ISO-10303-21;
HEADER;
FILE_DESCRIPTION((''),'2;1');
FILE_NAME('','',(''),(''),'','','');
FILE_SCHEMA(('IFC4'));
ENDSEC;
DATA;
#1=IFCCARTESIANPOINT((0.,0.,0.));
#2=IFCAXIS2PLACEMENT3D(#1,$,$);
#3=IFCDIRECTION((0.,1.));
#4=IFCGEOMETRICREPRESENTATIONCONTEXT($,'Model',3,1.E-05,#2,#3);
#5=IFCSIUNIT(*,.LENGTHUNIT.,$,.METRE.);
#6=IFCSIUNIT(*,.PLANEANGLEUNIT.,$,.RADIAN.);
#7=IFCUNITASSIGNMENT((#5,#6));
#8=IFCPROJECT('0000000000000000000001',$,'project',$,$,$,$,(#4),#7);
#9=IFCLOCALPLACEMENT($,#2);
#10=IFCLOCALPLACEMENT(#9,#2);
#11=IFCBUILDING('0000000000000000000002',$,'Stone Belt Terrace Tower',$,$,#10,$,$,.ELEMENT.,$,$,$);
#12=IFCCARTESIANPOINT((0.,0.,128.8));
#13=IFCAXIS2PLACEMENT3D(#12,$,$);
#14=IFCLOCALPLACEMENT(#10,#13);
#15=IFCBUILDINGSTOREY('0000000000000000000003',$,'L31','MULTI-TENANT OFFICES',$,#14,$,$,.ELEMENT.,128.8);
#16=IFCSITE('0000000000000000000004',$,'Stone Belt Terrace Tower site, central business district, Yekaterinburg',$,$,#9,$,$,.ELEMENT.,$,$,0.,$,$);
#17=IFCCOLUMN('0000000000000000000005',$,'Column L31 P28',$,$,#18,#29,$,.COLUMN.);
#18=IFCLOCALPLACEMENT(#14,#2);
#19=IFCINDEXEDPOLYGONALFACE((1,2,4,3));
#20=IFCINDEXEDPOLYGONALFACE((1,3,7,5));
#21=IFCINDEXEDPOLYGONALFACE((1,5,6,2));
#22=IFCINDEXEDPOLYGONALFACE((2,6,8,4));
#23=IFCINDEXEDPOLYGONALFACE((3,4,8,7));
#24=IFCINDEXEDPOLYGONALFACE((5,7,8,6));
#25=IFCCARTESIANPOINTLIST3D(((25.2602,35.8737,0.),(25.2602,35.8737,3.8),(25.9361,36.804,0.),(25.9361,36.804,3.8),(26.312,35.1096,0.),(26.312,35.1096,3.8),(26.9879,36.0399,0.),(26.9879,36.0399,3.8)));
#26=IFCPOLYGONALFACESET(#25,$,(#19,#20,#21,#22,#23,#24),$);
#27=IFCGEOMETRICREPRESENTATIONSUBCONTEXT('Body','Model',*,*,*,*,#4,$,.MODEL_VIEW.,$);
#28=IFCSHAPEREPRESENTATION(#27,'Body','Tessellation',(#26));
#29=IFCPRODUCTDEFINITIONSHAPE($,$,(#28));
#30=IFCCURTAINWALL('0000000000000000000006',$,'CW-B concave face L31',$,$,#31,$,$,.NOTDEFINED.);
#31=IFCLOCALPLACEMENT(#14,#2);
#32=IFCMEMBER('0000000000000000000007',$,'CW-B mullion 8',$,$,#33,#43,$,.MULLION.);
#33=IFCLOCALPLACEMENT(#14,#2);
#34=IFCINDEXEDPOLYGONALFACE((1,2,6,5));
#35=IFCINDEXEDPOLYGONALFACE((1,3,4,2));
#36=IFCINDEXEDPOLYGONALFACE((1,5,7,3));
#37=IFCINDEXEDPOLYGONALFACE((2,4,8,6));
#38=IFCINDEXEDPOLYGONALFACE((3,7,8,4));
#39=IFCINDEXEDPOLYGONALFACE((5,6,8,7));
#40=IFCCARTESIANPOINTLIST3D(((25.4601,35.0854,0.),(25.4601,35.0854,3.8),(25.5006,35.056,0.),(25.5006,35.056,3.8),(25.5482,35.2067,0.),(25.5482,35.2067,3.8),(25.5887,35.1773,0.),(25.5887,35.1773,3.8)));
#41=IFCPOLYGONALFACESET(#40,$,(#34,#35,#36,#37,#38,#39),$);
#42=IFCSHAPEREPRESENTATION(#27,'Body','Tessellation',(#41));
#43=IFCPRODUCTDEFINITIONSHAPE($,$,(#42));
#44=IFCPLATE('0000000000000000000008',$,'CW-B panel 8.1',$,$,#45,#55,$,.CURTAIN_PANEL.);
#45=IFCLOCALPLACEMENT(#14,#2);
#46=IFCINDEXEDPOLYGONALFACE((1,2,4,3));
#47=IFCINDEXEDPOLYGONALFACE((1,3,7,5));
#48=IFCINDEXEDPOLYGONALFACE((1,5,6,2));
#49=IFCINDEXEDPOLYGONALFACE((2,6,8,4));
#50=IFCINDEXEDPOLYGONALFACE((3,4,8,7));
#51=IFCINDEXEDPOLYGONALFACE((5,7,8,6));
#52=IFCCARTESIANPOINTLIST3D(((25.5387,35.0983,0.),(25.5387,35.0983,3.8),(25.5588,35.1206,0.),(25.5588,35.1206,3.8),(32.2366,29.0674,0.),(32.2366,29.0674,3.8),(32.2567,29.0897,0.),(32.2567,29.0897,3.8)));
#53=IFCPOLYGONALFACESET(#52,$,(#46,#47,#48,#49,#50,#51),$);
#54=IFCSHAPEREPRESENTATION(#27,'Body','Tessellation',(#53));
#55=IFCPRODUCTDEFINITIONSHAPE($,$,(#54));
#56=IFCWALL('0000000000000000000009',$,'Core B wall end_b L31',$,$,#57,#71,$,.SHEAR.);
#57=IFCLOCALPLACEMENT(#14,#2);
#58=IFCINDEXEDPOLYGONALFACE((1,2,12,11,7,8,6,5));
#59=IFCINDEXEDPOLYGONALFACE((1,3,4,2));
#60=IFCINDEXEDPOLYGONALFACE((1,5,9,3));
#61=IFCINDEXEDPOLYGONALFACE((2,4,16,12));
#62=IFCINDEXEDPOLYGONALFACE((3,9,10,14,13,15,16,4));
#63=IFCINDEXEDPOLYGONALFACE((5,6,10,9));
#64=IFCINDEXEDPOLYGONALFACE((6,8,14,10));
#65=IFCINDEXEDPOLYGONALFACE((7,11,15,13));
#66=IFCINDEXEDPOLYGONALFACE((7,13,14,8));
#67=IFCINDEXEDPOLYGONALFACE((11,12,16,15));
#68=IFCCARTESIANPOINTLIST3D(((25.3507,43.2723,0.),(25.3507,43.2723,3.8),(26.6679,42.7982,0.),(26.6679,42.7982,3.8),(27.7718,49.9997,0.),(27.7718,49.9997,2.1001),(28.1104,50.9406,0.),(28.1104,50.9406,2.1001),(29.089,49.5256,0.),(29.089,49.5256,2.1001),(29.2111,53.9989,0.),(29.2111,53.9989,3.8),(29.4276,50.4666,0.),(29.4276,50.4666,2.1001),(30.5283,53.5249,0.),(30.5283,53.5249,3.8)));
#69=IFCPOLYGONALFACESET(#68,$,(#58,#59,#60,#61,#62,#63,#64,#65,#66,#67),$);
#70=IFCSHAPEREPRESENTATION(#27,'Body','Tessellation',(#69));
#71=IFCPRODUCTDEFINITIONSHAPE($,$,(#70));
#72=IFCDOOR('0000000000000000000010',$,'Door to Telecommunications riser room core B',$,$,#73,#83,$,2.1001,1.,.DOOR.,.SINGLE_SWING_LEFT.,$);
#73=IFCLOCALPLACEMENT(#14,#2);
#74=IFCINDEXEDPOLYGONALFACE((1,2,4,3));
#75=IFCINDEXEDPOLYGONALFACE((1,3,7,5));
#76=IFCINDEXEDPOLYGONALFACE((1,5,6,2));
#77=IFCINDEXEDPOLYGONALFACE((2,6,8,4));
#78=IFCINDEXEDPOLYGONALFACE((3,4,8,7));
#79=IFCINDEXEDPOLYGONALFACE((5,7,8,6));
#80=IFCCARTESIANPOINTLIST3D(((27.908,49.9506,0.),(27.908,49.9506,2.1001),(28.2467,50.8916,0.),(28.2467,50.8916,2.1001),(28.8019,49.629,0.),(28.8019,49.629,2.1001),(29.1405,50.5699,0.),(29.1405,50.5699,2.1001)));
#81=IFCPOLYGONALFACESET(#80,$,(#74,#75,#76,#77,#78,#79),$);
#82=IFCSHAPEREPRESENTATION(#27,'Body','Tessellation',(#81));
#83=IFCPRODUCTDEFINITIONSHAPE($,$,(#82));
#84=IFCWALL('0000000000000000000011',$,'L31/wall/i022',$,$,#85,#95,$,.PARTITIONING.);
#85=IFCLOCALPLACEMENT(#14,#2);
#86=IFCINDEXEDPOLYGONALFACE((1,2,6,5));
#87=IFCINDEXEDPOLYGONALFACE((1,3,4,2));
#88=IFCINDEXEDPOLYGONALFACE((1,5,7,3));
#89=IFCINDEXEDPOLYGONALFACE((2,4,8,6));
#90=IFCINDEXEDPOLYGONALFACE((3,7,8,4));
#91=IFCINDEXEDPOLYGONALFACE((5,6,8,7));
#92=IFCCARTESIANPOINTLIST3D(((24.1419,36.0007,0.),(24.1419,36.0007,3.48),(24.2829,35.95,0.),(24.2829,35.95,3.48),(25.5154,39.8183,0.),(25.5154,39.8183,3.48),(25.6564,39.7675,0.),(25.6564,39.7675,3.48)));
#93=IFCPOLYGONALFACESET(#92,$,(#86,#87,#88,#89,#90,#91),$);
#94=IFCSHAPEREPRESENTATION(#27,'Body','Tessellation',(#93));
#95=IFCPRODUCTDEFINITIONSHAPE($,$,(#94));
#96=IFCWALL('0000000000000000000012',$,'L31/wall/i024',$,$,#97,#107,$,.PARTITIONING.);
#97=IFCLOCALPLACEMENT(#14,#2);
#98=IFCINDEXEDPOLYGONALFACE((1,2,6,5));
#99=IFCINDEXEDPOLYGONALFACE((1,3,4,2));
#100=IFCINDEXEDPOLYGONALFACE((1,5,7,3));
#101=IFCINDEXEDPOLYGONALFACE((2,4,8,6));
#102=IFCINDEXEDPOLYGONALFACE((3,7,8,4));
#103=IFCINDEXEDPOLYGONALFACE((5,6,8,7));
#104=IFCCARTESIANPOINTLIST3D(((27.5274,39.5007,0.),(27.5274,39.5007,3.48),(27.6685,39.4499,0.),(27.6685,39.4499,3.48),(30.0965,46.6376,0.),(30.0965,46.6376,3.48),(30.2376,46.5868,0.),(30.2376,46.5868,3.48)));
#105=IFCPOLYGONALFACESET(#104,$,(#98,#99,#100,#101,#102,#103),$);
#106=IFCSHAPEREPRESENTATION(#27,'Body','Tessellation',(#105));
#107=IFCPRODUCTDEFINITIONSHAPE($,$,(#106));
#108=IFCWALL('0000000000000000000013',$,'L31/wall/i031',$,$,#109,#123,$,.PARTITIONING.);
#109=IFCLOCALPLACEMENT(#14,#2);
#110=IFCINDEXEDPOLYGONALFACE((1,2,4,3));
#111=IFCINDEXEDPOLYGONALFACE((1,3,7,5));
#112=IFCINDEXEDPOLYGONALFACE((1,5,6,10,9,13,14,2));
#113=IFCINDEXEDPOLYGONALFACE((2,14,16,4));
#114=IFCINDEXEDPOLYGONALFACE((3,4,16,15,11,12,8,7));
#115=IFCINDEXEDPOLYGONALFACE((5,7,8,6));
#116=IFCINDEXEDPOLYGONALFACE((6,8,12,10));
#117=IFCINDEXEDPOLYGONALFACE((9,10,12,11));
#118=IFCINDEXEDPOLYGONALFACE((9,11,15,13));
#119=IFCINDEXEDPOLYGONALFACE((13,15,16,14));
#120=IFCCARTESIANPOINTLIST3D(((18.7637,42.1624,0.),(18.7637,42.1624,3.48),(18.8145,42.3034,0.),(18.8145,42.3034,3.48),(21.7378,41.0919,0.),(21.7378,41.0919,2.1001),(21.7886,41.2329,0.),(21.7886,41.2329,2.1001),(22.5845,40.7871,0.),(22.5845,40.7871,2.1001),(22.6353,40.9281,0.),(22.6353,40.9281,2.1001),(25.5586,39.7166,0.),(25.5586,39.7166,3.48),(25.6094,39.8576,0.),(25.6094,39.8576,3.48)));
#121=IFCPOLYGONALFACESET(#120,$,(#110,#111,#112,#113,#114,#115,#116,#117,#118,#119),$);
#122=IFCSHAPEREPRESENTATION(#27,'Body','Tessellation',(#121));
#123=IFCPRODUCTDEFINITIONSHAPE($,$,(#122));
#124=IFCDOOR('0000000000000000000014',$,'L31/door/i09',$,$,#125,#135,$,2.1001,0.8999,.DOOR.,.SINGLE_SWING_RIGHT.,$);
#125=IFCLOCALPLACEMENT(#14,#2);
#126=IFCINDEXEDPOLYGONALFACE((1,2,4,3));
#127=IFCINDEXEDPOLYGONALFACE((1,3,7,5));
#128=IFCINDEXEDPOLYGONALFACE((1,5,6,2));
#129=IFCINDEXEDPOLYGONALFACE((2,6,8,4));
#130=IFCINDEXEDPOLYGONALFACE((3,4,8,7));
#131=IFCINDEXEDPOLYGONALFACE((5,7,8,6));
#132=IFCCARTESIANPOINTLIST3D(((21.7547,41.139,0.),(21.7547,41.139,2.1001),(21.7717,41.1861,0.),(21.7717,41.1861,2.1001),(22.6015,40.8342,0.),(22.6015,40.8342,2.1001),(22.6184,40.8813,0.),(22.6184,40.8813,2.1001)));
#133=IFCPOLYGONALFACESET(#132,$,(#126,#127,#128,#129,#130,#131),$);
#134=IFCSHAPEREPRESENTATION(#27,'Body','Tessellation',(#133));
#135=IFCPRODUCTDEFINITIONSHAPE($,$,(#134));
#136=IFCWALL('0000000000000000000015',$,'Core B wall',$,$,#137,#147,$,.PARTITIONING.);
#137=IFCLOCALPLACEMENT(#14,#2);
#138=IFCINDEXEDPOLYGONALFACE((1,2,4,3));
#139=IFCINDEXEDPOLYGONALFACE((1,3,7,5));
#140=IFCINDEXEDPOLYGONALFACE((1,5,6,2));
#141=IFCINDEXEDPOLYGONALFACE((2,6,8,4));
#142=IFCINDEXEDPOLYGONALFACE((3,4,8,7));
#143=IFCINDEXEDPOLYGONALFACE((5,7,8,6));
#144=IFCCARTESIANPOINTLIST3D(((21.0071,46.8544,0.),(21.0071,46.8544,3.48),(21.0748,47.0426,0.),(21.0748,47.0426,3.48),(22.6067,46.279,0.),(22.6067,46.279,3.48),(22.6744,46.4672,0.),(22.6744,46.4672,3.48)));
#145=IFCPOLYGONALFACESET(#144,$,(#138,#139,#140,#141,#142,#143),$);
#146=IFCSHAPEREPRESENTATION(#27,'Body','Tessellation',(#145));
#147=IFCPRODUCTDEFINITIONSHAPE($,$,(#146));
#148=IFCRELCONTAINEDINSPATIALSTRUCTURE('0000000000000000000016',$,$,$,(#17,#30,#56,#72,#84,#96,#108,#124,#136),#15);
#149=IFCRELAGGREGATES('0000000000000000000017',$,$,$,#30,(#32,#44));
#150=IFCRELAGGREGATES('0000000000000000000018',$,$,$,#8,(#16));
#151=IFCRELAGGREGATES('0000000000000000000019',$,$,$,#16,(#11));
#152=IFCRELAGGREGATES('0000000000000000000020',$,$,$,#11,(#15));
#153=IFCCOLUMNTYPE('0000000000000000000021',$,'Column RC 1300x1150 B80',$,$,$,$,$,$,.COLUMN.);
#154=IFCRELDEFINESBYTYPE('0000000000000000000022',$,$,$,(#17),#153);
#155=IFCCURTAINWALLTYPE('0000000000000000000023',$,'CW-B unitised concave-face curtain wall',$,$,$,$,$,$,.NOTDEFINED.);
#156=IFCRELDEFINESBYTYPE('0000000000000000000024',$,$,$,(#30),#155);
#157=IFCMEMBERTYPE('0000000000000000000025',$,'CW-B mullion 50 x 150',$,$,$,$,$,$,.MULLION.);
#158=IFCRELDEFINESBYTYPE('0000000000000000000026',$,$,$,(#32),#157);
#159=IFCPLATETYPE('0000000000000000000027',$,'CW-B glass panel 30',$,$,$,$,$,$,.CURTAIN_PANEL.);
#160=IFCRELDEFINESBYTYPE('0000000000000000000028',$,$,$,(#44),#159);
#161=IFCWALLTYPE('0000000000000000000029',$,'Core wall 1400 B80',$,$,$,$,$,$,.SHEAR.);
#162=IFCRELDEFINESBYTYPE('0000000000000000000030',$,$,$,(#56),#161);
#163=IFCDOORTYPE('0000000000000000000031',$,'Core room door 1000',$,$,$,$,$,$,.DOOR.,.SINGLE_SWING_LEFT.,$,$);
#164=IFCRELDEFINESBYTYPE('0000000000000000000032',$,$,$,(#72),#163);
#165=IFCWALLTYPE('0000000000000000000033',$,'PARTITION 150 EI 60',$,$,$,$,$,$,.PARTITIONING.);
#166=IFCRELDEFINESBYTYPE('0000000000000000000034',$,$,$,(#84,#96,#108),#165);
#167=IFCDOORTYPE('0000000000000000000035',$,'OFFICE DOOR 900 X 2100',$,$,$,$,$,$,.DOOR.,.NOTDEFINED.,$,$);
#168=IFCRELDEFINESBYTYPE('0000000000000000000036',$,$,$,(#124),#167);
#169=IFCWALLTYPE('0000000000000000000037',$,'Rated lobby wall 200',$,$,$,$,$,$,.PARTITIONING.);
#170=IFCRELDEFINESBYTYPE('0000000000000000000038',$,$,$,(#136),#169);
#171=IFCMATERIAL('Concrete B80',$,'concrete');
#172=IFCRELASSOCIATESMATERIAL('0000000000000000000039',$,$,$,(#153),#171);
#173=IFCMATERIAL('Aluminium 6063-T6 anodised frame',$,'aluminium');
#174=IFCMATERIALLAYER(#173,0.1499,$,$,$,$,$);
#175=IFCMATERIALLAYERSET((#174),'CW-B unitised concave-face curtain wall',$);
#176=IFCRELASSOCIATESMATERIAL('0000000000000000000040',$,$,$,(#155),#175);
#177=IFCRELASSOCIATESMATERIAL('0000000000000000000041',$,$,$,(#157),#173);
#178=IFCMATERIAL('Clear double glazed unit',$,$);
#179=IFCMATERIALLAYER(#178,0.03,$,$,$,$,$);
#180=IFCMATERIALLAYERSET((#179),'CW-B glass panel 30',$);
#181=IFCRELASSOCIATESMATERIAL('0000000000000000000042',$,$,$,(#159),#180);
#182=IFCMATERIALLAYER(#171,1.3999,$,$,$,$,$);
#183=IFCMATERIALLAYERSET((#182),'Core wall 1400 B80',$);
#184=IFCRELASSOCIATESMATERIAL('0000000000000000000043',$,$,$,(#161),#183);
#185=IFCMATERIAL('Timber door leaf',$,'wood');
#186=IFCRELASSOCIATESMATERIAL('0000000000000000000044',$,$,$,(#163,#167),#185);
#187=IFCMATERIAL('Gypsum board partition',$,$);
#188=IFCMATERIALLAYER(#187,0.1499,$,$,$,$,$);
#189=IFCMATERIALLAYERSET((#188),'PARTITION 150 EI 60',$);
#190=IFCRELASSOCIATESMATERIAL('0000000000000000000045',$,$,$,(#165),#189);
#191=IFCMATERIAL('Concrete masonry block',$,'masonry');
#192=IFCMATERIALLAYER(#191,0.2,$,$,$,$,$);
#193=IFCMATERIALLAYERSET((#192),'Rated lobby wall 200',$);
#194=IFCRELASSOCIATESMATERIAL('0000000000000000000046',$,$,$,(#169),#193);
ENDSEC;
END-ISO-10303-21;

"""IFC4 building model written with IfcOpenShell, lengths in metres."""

from ifc_helpers import new_model, si_unit, direction, frame, frame_2d, origin, origin_2d, place, context, subcontext, project, spatial, rectangle, extrude, material, layer, layer_set, material_profile, profile_set, type_object, element, fill, aggregate, save


model = new_model("IFC4")

# Units and contexts
model_context = context("Model", 3, precision=1e-05, world=origin(), true_north=direction((0.0, 1.0)))
body_context = subcontext(model_context, "Body", "Model", "MODEL_VIEW")
ifc_project = project(units=[si_unit("LENGTHUNIT", "METRE"), si_unit("PLANEANGLEUNIT", "RADIAN")], contexts=[model_context])

# Site, building, storey
site_placement = place(None, origin())
site = spatial("IfcSite", under=ifc_project, at=site_placement, Name="Stone Belt Terrace Tower site, central business district, Yekaterinburg", CompositionType="ELEMENT", RefElevation=0.0)
building_placement = place(site_placement, origin())
building = spatial("IfcBuilding", under=site, at=building_placement, Name="Stone Belt Terrace Tower", CompositionType="ELEMENT")
storey_placement = place(building_placement, frame((0.0, 0.0, 128.8)))
storey = spatial("IfcBuildingStorey", under=building, at=storey_placement, Name="L31", Description="MULTI-TENANT OFFICES", CompositionType="ELEMENT", Elevation=128.8)

# Column
ifc_material_1 = material(Name="Concrete B80", Category="concrete")
ifc_material_profile_1 = material_profile(ifc_material_1, rectangle(XDim=1.3, YDim=1.1499, at=origin_2d()), Name="RC 1300x1150")
ifc_profile_set_1 = profile_set([ifc_material_profile_1], Name="Concrete B80")
column_type = type_object("IfcColumnType", Name="Column RC 1300x1150 B80", PredefinedType="COLUMN", material=ifc_profile_set_1)
column_placement = place(storey_placement, frame((26.124, 35.9568, 0.0), z_axis=(0.0, 0.0, 1.0), x_axis=(0.809017, -0.587785, 0.0)))
element("IfcColumn", 1, at=column_placement, inside=storey, type_object=column_type, Name="Column L31 P28", PredefinedType="COLUMN", context=body_context, shape_type="SweptSolid", body=[
    extrude(rectangle(XDim=1.3, YDim=1.1499, at=origin_2d()), origin(), (0.0, 0.0, 1.0), 3.8),
])

# Curtain wall, member, plate
ifc_material_2 = material(Name="Aluminium 6063-T6 anodised frame", Category="aluminium")
ifc_layer_1 = layer(ifc_material_2, 0.1499)
ifc_layer_set_1 = layer_set([ifc_layer_1], Name="CW-B unitised concave-face curtain wall")
curtain_wall_type = type_object("IfcCurtainWallType", Name="CW-B unitised concave-face curtain wall", PredefinedType="NOTDEFINED", material=ifc_layer_set_1)
curtain_wall_placement = place(storey_placement, origin())
curtain_wall = element("IfcCurtainWall", 2, at=curtain_wall_placement, inside=storey, type_object=curtain_wall_type, Name="CW-B concave face L31", PredefinedType="NOTDEFINED")
ifc_material_profile_2 = material_profile(ifc_material_2, rectangle(XDim=0.1499, YDim=0.05, at=origin_2d()), Name="Aluminium 6063-T6 50x150")
ifc_profile_set_2 = profile_set([ifc_material_profile_2], Name="Aluminium 6063-T6 anodised frame")
member_type = type_object("IfcMemberType", Name="CW-B mullion 50 x 150", PredefinedType="MULLION", material=ifc_profile_set_2)
member_placement = place(storey_placement, frame((25.5244, 35.1313, 0.0), z_axis=(0.0, 0.0, 1.0), x_axis=(0.587785, 0.809017, 0.0)))
member = element("IfcMember", 3, at=member_placement, type_object=member_type, Name="CW-B mullion 8", PredefinedType="MULLION", context=body_context, shape_type="SweptSolid", body=[
    extrude(rectangle(XDim=0.1499, YDim=0.05, at=origin_2d()), origin(), (0.0, 0.0, 1.0), 3.8),
])
ifc_material_3 = material(Name="Clear double glazed unit")
ifc_layer_2 = layer(ifc_material_3, 0.03)
ifc_layer_set_2 = layer_set([ifc_layer_2], Name="CW-B glass panel 30")
plate_type = type_object("IfcPlateType", Name="CW-B glass panel 30", PredefinedType="CURTAIN_PANEL", material=ifc_layer_set_2)
plate_placement = place(storey_placement, frame((28.8977, 32.094, 0.0), z_axis=(0.0, 0.0, 1.0), x_axis=(0.743145, -0.669131, 0.0)))
plate = element("IfcPlate", 4, at=plate_placement, type_object=plate_type, Name="CW-B panel 8.1", PredefinedType="CURTAIN_PANEL", context=body_context, shape_type="SweptSolid", body=[
    extrude(rectangle(XDim=9.0129, YDim=0.03, at=origin_2d()), origin(), (0.0, 0.0, 1.0), 3.8),
])
aggregate(curtain_wall, [member, plate])

# Wall, opening, door
ifc_layer_3 = layer(ifc_material_1, 1.3999)
ifc_layer_set_3 = layer_set([ifc_layer_3], Name="Core wall 1400 B80")
wall_type_1 = type_object("IfcWallType", Name="Core wall 1400 B80", PredefinedType="SHEAR", material=ifc_layer_set_3)
wall_1_placement = place(storey_placement, frame((26.0093, 43.0352, 0.0), z_axis=(0.0, 0.0, 1.0), x_axis=(0.338625, 0.940921, 0.0)))
wall_1 = element("IfcWall", 5, at=wall_1_placement, inside=storey, type_object=wall_type_1, Name="Core B wall end_b L31", PredefinedType="SHEAR", context=body_context, shape_type="SweptSolid", body=[
    extrude(rectangle(XDim=11.4001, YDim=1.3999, at=frame_2d((5.7002, 0.0))), origin(), (0.0, 0.0, 1.0), 3.8),
])
opening_1_placement = place(wall_1_placement, frame((7.1499, 0.0, 0.0)))
opening_1 = element("IfcOpeningElement", 6, at=opening_1_placement, cuts=wall_1, PredefinedType="OPENING", context=body_context, shape_type="SweptSolid", body=[
    extrude(rectangle(XDim=1.0, YDim=2.1001, at=frame_2d((0.5, 1.05))), frame((0.0, 0.71, 0.0), z_axis=(0.0, -1.0, 0.0), x_axis=(1.0, 0.0, 0.0)), (0.0, 0.0, 1.0), 1.4199),
])
ifc_material_4 = material(Name="Timber door leaf", Category="wood")
door_type_1 = type_object("IfcDoorType", Name="Core room door 1000", OperationType="SINGLE_SWING_LEFT", PredefinedType="DOOR", material=ifc_material_4)
door_1_placement = place(opening_1_placement, origin())
door_1 = element("IfcDoor", 7, at=door_1_placement, inside=storey, type_object=door_type_1, Name="Door to Telecommunications riser room core B", OperationType="SINGLE_SWING_LEFT", OverallHeight=2.1001, OverallWidth=1.0, PredefinedType="DOOR", context=body_context, shape_type="SweptSolid", body=[
    extrude(rectangle(XDim=1.0, YDim=2.1001, at=frame_2d((0.5, 1.05))), frame((0.0, 0.5552, 0.0), z_axis=(0.0, -1.0, 0.0), x_axis=(1.0, 0.0, 0.0)), (0.0, 0.0, 1.0), 0.95),
])
fill(opening_1, door_1)

# Walls
ifc_material_5 = material(Name="Gypsum board partition")
ifc_layer_4 = layer(ifc_material_5, 0.1499)
ifc_layer_set_4 = layer_set([ifc_layer_4], Name="PARTITION 150 EI 60")
wall_type_2 = type_object("IfcWallType", Name="PARTITION 150 EI 60", PredefinedType="PARTITIONING", material=ifc_layer_set_4)
wall_2_placement = place(storey_placement, frame((24.2124, 35.9753, 0.0), z_axis=(0.0, 0.0, 1.0), x_axis=(0.338543, 0.940951, 0.0)))
element("IfcWall", 8, at=wall_2_placement, inside=storey, type_object=wall_type_2, Name="L31/wall/i022", PredefinedType="PARTITIONING", context=body_context, shape_type="SweptSolid", body=[
    extrude(rectangle(XDim=4.0571, YDim=0.1499, at=frame_2d((2.0286, 0.0))), origin(), (0.0, 0.0, 1.0), 3.48),
])
wall_3_placement = place(storey_placement, frame((30.167, 46.6121, 0.0), z_axis=(0.0, 0.0, 1.0), x_axis=(-0.338694, -0.940896, 0.0)))
element("IfcWall", 9, at=wall_3_placement, inside=storey, type_object=wall_type_2, Name="L31/wall/i024", PredefinedType="PARTITIONING", context=body_context, shape_type="SweptSolid", body=[
    extrude(rectangle(XDim=7.5852, YDim=0.1499, at=frame_2d((3.7925, 0.0))), origin(), (0.0, 0.0, 1.0), 3.48),
])

# Wall, opening, door
wall_4_placement = place(storey_placement, frame((25.584, 39.7871, 0.0), z_axis=(0.0, 0.0, 1.0), x_axis=(-0.940904, 0.338674, 0.0)))
wall_4 = element("IfcWall", 10, at=wall_4_placement, inside=storey, type_object=wall_type_2, Name="L31/wall/i031", PredefinedType="PARTITIONING", context=body_context, shape_type="SweptSolid", body=[
    extrude(rectangle(XDim=7.2217, YDim=0.1499, at=frame_2d((3.6108, 0.0))), origin(), (0.0, 0.0, 1.0), 3.48),
])
opening_2_placement = place(wall_4_placement, frame((3.1609, 0.0, 0.0)))
opening_2 = element("IfcOpeningElement", 11, at=opening_2_placement, cuts=wall_4, PredefinedType="OPENING", context=body_context, shape_type="SweptSolid", body=[
    extrude(rectangle(XDim=0.8999, YDim=2.1001, at=frame_2d((0.45, 1.05))), frame((0.0, 0.085, 0.0), z_axis=(0.0, -1.0, 0.0), x_axis=(1.0, 0.0, 0.0)), (0.0, 0.0, 1.0), 0.1699),
])
door_type_2 = type_object("IfcDoorType", Name="OFFICE DOOR 900 X 2100", OperationType="NOTDEFINED", PredefinedType="DOOR", material=ifc_material_4)
door_2_placement = place(opening_2_placement, origin())
door_2 = element("IfcDoor", 12, at=door_2_placement, inside=storey, type_object=door_type_2, Name="L31/door/i09", OperationType="SINGLE_SWING_RIGHT", OverallHeight=2.1001, OverallWidth=0.8999, PredefinedType="DOOR", context=body_context, shape_type="SweptSolid", body=[
    extrude(rectangle(XDim=0.8999, YDim=2.1001, at=frame_2d((0.45, 1.05))), frame((0.0, 0.0249, 0.0), z_axis=(0.0, -1.0, 0.0), x_axis=(1.0, 0.0, 0.0)), (0.0, 0.0, 1.0), 0.05),
])
fill(opening_2, door_2)

# Wall
ifc_material_6 = material(Name="Concrete masonry block", Category="masonry")
ifc_layer_5 = layer(ifc_material_6, 0.2)
ifc_layer_set_5 = layer_set([ifc_layer_5], Name="Rated lobby wall 200")
wall_type_3 = type_object("IfcWallType", Name="Rated lobby wall 200", PredefinedType="PARTITIONING", material=ifc_layer_set_5)
wall_5_placement = place(storey_placement, frame((22.6406, 46.373, 0.0), z_axis=(0.0, 0.0, 1.0), x_axis=(-0.940966, 0.338501, 0.0)))
element("IfcWall", 13, at=wall_5_placement, inside=storey, type_object=wall_type_3, Name="Core B wall", PredefinedType="PARTITIONING", context=body_context, shape_type="SweptSolid", body=[
    extrude(rectangle(XDim=1.7, YDim=0.2, at=frame_2d((0.8501, 0.0))), origin(), (0.0, 0.0, 1.0), 3.48),
])

save(model, "model.ifc")
